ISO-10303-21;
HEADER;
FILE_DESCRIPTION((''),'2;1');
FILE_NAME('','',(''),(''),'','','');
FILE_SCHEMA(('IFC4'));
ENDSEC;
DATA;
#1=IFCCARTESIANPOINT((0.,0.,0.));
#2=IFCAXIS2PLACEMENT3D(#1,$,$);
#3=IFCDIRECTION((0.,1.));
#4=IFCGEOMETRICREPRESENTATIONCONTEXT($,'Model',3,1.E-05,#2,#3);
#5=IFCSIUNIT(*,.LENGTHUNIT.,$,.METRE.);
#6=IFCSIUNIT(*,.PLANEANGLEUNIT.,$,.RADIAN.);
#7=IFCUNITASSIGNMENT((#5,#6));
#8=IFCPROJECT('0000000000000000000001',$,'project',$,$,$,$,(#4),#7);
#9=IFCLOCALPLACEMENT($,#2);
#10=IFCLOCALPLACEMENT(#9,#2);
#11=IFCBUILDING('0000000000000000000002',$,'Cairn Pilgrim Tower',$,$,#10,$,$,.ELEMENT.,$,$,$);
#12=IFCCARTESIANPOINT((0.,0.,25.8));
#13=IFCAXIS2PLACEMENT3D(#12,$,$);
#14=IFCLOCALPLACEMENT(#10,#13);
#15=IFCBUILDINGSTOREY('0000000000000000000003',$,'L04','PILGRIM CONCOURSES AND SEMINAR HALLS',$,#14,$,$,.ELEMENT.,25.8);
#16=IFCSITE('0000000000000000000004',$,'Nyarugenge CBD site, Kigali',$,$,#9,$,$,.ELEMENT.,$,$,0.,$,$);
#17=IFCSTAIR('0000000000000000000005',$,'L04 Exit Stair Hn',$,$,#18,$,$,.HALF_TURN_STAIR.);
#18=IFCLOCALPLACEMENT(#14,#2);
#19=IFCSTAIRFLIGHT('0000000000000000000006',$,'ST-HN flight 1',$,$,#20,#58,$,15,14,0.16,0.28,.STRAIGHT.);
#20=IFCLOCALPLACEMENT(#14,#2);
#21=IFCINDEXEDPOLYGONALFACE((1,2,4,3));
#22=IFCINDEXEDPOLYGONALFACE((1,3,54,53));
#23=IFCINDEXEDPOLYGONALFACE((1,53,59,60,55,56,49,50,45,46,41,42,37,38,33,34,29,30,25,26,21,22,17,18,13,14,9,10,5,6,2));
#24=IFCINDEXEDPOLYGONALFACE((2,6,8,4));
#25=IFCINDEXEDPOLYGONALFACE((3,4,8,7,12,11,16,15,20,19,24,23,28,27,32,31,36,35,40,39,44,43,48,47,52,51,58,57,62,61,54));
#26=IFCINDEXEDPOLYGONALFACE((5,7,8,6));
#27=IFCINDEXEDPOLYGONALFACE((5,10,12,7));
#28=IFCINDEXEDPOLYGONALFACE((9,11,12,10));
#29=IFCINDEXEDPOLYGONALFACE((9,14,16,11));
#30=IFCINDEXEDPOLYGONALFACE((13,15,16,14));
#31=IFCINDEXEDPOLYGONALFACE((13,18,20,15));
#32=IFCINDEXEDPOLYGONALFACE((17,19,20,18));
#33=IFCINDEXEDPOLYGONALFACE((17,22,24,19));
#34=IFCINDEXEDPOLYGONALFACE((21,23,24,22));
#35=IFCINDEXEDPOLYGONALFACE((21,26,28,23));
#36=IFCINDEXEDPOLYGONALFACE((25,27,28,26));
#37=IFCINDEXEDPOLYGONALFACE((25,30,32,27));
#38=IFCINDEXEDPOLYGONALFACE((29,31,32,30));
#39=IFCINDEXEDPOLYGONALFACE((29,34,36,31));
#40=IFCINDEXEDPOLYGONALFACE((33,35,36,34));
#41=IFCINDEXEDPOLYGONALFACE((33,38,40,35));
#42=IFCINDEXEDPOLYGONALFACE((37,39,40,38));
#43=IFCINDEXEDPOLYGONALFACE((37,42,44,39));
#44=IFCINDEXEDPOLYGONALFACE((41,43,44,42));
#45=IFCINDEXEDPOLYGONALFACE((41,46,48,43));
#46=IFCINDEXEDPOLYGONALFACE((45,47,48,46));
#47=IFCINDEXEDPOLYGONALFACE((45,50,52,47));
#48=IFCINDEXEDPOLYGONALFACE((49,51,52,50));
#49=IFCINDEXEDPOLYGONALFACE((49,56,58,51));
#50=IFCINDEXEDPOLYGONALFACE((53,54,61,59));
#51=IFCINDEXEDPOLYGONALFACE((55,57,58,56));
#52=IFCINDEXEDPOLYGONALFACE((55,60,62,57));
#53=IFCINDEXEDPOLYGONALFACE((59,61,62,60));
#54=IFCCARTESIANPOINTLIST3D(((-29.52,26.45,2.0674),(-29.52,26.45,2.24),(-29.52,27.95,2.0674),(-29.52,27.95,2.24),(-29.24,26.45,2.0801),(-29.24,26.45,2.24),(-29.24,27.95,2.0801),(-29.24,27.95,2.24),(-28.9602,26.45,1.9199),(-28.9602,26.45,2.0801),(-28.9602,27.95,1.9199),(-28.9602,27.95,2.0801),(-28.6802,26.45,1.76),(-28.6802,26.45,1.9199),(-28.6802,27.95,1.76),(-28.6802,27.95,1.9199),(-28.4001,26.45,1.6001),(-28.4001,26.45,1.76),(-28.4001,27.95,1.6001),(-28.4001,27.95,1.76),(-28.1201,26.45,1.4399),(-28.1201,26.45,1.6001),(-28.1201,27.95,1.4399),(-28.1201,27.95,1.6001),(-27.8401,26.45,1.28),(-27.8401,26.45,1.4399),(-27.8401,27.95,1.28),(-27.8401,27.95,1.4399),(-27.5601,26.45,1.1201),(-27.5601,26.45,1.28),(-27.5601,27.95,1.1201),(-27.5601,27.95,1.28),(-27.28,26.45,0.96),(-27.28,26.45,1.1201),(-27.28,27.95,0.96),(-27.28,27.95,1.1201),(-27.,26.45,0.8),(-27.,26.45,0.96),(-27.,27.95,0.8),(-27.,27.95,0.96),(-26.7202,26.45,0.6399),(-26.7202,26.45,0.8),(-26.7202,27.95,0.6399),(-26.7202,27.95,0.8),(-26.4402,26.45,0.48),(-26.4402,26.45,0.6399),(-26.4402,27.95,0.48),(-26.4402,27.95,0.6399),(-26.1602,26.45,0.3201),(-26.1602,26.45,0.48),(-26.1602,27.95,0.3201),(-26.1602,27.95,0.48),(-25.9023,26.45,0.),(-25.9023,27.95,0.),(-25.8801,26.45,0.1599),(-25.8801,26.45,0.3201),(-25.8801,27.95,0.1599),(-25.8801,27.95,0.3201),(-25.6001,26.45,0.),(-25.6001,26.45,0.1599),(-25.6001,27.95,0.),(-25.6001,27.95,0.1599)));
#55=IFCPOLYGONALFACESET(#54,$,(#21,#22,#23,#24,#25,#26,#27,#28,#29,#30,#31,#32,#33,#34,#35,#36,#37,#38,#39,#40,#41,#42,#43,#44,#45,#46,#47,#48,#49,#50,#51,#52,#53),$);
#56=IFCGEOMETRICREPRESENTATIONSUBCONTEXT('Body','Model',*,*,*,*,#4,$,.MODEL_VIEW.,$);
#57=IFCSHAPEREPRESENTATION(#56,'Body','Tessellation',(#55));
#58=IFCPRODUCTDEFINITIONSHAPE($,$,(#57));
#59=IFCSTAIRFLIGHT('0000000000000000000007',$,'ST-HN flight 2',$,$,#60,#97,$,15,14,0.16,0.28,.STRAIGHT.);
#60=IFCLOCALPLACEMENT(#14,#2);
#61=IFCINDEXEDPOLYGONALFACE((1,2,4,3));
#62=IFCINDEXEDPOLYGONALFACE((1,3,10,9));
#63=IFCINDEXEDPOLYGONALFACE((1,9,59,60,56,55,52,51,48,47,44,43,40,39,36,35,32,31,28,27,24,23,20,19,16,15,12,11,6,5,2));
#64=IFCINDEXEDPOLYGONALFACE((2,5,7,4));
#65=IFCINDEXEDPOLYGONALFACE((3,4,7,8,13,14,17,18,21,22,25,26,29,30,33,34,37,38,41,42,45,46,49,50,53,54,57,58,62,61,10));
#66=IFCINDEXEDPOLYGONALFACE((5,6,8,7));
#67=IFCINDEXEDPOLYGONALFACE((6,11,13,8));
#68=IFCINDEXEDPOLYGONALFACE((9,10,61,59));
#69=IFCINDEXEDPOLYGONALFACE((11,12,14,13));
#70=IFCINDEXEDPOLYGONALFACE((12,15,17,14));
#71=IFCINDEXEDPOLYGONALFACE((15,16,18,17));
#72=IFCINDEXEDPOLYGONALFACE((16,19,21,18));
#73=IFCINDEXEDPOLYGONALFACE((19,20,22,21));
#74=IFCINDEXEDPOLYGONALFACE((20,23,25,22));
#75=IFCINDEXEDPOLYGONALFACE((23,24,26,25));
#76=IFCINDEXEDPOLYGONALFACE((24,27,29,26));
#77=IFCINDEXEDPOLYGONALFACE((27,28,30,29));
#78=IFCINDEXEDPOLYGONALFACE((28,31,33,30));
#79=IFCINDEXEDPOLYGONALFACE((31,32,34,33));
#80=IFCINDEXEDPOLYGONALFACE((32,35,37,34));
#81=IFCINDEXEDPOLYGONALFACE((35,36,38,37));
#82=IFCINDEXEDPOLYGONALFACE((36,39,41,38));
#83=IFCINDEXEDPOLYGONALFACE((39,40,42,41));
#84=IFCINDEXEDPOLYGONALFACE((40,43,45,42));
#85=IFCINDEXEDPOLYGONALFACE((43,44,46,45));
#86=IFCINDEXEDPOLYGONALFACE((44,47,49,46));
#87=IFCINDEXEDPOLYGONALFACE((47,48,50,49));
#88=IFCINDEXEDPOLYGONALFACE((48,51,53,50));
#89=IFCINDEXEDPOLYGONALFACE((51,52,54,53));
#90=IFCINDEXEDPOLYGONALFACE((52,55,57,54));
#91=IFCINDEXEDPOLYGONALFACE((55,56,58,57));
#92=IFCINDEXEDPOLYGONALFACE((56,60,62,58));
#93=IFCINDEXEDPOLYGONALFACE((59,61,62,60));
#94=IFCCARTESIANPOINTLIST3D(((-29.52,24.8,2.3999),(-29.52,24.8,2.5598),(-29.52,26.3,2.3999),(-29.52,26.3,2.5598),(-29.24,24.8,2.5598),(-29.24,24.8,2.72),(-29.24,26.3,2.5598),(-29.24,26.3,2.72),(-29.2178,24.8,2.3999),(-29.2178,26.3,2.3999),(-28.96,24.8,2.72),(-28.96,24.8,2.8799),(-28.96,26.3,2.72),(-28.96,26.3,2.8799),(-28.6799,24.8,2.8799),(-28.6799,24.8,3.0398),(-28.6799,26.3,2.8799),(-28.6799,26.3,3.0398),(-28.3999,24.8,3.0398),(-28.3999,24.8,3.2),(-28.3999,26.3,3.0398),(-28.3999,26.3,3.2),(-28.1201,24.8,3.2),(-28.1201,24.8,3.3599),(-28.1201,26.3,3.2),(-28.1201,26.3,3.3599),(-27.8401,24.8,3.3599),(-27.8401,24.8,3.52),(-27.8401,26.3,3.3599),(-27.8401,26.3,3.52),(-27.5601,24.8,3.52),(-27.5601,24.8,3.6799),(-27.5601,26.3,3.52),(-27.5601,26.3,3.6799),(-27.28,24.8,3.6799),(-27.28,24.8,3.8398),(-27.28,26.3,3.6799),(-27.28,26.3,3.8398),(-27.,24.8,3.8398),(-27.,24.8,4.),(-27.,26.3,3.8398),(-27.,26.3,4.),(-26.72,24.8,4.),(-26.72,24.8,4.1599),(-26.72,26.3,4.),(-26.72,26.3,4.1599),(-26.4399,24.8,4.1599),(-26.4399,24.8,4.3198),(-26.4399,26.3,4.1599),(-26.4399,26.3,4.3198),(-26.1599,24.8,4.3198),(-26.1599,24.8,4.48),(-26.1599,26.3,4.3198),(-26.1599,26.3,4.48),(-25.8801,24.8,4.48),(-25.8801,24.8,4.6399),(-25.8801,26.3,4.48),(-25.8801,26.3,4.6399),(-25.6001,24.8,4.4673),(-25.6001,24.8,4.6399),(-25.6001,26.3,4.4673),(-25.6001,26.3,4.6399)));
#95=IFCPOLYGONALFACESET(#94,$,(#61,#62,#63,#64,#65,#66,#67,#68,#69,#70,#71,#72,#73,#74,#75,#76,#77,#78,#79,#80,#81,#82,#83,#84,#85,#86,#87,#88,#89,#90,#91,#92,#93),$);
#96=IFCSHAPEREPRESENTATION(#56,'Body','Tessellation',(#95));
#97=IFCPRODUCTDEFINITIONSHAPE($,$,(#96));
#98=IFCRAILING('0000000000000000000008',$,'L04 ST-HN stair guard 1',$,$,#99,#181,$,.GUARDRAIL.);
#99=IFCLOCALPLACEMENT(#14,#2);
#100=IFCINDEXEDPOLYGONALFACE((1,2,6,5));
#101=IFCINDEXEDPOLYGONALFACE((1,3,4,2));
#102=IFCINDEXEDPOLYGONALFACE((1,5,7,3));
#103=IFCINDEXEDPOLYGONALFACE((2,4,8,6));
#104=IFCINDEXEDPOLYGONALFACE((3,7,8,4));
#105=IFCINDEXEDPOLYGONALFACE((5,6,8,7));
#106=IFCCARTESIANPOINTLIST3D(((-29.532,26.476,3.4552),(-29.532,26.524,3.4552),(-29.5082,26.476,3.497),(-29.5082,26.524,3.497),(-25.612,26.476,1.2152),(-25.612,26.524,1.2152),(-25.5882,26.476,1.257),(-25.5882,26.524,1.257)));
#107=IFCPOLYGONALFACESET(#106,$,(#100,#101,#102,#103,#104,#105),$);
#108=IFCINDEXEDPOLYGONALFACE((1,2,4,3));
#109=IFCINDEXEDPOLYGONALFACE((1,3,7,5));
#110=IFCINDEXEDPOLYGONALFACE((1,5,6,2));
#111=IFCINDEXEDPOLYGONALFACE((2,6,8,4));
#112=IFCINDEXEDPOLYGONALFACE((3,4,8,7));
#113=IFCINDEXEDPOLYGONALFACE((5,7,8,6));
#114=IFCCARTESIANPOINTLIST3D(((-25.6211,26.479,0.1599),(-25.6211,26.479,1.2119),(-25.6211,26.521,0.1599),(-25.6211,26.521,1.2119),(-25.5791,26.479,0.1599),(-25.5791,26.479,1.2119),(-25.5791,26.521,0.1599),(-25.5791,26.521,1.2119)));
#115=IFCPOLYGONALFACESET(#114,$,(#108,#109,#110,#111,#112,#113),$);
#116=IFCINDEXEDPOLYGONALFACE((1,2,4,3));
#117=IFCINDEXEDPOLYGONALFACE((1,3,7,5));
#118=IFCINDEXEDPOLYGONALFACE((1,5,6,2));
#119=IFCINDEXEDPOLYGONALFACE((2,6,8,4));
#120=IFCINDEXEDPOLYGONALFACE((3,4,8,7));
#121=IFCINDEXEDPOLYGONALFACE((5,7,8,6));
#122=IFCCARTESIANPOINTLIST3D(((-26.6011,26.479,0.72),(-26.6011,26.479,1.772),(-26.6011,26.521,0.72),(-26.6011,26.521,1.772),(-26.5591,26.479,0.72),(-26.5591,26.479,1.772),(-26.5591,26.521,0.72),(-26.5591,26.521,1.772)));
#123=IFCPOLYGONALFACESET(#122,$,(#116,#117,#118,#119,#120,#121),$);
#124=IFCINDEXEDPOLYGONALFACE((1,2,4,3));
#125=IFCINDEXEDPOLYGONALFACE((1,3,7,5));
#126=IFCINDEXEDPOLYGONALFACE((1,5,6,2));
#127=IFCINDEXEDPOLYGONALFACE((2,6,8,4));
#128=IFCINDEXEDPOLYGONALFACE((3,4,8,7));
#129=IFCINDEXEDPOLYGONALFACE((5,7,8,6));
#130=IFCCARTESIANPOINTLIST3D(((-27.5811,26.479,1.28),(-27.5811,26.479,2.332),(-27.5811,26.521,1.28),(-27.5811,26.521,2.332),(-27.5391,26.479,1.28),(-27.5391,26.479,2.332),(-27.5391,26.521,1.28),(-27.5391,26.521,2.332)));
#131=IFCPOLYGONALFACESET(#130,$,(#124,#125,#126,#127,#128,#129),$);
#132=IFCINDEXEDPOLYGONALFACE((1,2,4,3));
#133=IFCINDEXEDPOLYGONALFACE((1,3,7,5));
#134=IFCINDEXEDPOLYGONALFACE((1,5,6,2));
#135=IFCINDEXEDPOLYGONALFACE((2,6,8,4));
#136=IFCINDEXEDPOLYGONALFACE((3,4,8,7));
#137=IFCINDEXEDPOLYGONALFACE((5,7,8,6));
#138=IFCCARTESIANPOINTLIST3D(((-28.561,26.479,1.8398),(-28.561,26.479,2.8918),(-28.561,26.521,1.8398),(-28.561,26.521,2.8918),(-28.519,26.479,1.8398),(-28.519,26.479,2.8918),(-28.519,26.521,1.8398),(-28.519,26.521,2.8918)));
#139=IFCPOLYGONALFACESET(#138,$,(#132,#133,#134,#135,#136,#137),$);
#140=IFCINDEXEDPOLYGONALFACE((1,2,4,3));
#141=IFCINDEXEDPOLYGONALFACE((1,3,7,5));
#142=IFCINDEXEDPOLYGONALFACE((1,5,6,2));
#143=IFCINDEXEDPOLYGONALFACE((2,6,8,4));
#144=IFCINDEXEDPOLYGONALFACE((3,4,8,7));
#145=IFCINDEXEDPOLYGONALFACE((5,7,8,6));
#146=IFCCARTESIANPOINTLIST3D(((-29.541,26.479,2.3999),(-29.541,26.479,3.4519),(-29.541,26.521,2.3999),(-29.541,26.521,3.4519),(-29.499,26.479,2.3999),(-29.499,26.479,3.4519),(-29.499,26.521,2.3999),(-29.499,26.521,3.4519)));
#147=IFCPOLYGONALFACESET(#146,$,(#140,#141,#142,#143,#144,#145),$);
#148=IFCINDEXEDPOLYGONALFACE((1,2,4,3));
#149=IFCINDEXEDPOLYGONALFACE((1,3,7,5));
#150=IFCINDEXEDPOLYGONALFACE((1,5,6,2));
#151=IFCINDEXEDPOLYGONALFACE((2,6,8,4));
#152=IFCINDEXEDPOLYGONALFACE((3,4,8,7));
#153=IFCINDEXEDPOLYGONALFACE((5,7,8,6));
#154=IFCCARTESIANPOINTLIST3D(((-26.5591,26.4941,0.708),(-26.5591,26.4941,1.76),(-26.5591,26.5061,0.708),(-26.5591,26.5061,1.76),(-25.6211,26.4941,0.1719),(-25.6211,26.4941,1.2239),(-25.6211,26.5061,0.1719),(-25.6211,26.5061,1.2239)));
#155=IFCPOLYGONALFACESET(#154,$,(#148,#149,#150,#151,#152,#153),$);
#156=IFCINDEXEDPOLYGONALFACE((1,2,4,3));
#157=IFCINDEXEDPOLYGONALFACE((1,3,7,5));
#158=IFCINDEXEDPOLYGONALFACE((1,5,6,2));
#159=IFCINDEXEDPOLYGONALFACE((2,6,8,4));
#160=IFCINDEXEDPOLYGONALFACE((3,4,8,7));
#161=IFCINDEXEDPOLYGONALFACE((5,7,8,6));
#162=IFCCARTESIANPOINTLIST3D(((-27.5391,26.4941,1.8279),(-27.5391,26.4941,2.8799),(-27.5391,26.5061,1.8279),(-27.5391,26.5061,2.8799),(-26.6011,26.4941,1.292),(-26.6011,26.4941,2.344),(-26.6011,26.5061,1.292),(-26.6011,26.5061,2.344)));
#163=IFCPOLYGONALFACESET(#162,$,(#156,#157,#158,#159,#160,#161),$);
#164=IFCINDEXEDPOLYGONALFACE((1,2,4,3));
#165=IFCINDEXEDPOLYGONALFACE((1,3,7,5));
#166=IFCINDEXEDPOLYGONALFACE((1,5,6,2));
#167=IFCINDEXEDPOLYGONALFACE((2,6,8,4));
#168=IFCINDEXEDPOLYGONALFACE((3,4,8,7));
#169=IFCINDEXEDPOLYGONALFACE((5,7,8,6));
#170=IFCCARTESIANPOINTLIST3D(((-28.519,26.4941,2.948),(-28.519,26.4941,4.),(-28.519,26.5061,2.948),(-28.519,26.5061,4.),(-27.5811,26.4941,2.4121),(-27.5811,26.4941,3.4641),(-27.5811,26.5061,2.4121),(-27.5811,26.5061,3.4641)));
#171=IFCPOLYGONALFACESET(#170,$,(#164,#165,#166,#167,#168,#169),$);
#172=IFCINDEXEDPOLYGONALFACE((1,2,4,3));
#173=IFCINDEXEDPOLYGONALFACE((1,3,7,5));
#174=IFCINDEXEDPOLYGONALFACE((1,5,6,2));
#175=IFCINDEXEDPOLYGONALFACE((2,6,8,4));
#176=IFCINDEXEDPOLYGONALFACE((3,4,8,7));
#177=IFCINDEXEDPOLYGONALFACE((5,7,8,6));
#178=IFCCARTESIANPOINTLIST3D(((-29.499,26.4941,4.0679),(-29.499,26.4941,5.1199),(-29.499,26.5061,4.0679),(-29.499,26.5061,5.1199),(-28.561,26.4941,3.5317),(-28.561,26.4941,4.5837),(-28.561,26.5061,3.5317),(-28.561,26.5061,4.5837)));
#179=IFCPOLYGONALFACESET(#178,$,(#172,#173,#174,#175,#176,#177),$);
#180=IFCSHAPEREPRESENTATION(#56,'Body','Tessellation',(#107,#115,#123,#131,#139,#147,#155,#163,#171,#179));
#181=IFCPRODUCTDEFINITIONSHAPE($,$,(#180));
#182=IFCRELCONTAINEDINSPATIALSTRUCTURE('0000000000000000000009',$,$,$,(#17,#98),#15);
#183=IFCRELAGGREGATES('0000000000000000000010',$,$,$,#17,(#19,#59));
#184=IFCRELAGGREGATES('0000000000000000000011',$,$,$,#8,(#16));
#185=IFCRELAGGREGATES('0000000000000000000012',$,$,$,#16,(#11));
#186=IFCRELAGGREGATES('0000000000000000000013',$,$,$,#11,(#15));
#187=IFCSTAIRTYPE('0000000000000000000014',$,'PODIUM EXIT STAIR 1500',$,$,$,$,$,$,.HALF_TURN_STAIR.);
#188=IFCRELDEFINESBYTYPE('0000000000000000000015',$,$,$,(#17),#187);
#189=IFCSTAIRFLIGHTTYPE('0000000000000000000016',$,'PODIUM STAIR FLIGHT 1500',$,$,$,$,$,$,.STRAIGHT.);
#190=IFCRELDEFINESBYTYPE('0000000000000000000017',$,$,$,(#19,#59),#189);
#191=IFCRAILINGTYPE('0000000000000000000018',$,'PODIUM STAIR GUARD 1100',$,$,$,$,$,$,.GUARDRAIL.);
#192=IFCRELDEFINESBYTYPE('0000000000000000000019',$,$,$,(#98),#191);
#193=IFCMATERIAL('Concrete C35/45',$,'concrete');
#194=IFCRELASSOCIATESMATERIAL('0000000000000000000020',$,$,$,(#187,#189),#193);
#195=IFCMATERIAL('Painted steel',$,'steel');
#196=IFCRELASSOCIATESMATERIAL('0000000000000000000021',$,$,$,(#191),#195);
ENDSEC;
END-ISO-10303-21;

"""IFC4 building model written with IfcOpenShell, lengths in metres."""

from ifc_helpers import new_model, si_unit, direction, frame, origin, origin_2d, place, context, subcontext, project, spatial, polyline, rectangle, outline, extrude, material, type_object, element, aggregate, save


model = new_model("IFC4")

# Units and contexts
model_context = context("Model", 3, precision=1e-05, world=origin(), true_north=direction((0.0, 1.0)))
body_context = subcontext(model_context, "Body", "Model", "MODEL_VIEW")
ifc_project = project(units=[si_unit("LENGTHUNIT", "METRE"), si_unit("PLANEANGLEUNIT", "RADIAN")], contexts=[model_context])

# Site, building, storey
site_placement = place(None, origin())
site = spatial("IfcSite", under=ifc_project, at=site_placement, Name="Nyarugenge CBD site, Kigali", CompositionType="ELEMENT", RefElevation=0.0)
building_placement = place(site_placement, origin())
building = spatial("IfcBuilding", under=site, at=building_placement, Name="Cairn Pilgrim Tower", CompositionType="ELEMENT")
storey_placement = place(building_placement, frame((0.0, 0.0, 25.8)))
storey = spatial("IfcBuildingStorey", under=building, at=storey_placement, Name="L04", Description="PILGRIM CONCOURSES AND SEMINAR HALLS", CompositionType="ELEMENT", Elevation=25.8)

# Shared definitions
ifc_material_1 = material(Name="Concrete C35/45", Category="concrete")

# Stair, stair flights
stair_type = type_object("IfcStairType", Name="PODIUM EXIT STAIR 1500", PredefinedType="HALF_TURN_STAIR", material=ifc_material_1)
stair_placement = place(storey_placement, origin())
stair = element("IfcStair", 1, at=stair_placement, inside=storey, type_object=stair_type, Name="L04 Exit Stair Hn", PredefinedType="HALF_TURN_STAIR")
stair_flight_type = type_object("IfcStairFlightType", Name="PODIUM STAIR FLIGHT 1500", PredefinedType="STRAIGHT", material=ifc_material_1)
stair_flight_1_placement = place(storey_placement, frame((-25.6001, 27.2, 0.0), z_axis=(0.0, 0.0, 1.0), x_axis=(-1.0, 0.0, 0.0)))
stair_flight_1 = element("IfcStairFlight", 2, at=stair_flight_1_placement, type_object=stair_flight_type, Name="ST-HN flight 1", NumberOfRisers=15, NumberOfTreads=14, PredefinedType="STRAIGHT", RiserHeight=0.16, TreadLength=0.28, context=body_context, shape_type="SweptSolid", body=[
    extrude(outline(polyline([(0.0, 0.0), (0.0, 0.1599), (0.28, 0.1599), (0.28, 0.3201), (0.5601, 0.3201), (0.5601, 0.48), (0.8401, 0.48), (0.8401, 0.6399), (1.1201, 0.6399), (1.1201, 0.8), (1.3999, 0.8), (1.3999, 0.96), (1.6799, 0.96), (1.6799, 1.1201), (1.96, 1.1201), (1.96, 1.28), (2.24, 1.28), (2.24, 1.4399), (2.52, 1.4399), (2.52, 1.6001), (2.8, 1.6001), (2.8, 1.76), (3.0801, 1.76), (3.0801, 1.9199), (3.3601, 1.9199), (3.3601, 2.0801), (3.6399, 2.0801), (3.6399, 2.24), (3.9199, 2.24), (3.9199, 2.3999), (3.9199, 2.0674), (0.3022, 0.0), (0.0, 0.0)])), frame((0.0, 0.75, 0.0), z_axis=(0.0, -1.0, 0.0), x_axis=(1.0, 0.0, 0.0)), (0.0, 0.0, 1.0), 1.5),
])
stair_flight_2_placement = place(storey_placement, frame((-29.52, 25.55, 2.3999), z_axis=(0.0, 0.0, 1.0), x_axis=(1.0, 0.0, 0.0)))
stair_flight_2 = element("IfcStairFlight", 3, at=stair_flight_2_placement, type_object=stair_flight_type, Name="ST-HN flight 2", NumberOfRisers=15, NumberOfTreads=14, PredefinedType="STRAIGHT", RiserHeight=0.16, TreadLength=0.28, context=body_context, shape_type="SweptSolid", body=[
    extrude(outline(polyline([(0.0, 0.0), (0.0, 0.1599), (0.28, 0.1599), (0.28, 0.3201), (0.5601, 0.3201), (0.5601, 0.48), (0.8401, 0.48), (0.8401, 0.6399), (1.1201, 0.6399), (1.1201, 0.8), (1.3999, 0.8), (1.3999, 0.96), (1.6799, 0.96), (1.6799, 1.1201), (1.96, 1.1201), (1.96, 1.28), (2.24, 1.28), (2.24, 1.4399), (2.52, 1.4399), (2.52, 1.6001), (2.8, 1.6001), (2.8, 1.76), (3.0801, 1.76), (3.0801, 1.9199), (3.3601, 1.9199), (3.3601, 2.0801), (3.6399, 2.0801), (3.6399, 2.24), (3.9199, 2.24), (3.9199, 2.3999), (3.9199, 2.0674), (0.3022, 0.0), (0.0, 0.0)])), frame((0.0, 0.75, 0.0), z_axis=(0.0, -1.0, 0.0), x_axis=(1.0, 0.0, 0.0)), (0.0, 0.0, 1.0), 1.5),
])
aggregate(stair, [stair_flight_1, stair_flight_2])

# Railing
ifc_material_2 = material(Name="Painted steel", Category="steel")
railing_type_1 = type_object("IfcRailingType", Name="PODIUM STAIR GUARD 1100", PredefinedType="GUARDRAIL", material=ifc_material_2)
railing_1_placement = place(storey_placement, frame((-25.6001, 26.5, 0.1599)))
element("IfcRailing", 4, at=railing_1_placement, inside=storey, type_object=railing_type_1, Name="L04 ST-HN stair guard 1", PredefinedType="GUARDRAIL", context=body_context, shape_type="SweptSolid", body=[
    extrude(rectangle(XDim=0.0481, YDim=0.0481, at=origin_2d()), frame((0.0, 0.0, 1.0762), z_axis=(-0.86824, 0.0, 0.496145), x_axis=(0.0, -1.0, 0.0)), (0.0, 0.0, 1.0), 4.5149),
    extrude(rectangle(XDim=0.042, YDim=0.042, at=origin_2d()), origin(), (0.0, 0.0, 1.0), 1.052),
    extrude(rectangle(XDim=0.042, YDim=0.042, at=origin_2d()), frame((-0.98, 0.0, 0.5601)), (0.0, 0.0, 1.0), 1.052),
    extrude(rectangle(XDim=0.042, YDim=0.042, at=origin_2d()), frame((-1.96, 0.0, 1.1201)), (0.0, 0.0, 1.0), 1.052),
    extrude(rectangle(XDim=0.042, YDim=0.042, at=origin_2d()), frame((-2.9399, 0.0, 1.6799)), (0.0, 0.0, 1.0), 1.052),
    extrude(rectangle(XDim=0.042, YDim=0.042, at=origin_2d()), frame((-3.9199, 0.0, 2.24)), (0.0, 0.0, 1.0), 1.052),
    extrude(outline(polyline([(0.021, 0.012), (0.959, 0.5481), (0.959, 1.6001), (0.021, 1.064), (0.021, 0.012)])), frame((0.0, -0.0059, 0.0), z_axis=(0.0, 1.0, 0.0), x_axis=(-1.0, 0.0, 0.0)), (0.0, 0.0, 1.0), 0.012),
    extrude(outline(polyline([(0.021, 0.572), (0.959, 1.1079), (0.959, 2.1599), (0.021, 1.624), (0.021, 0.572)])), frame((-0.98, -0.0059, 0.5601), z_axis=(0.0, 1.0, 0.0), x_axis=(-1.0, 0.0, 0.0)), (0.0, 0.0, 1.0), 0.012),
    extrude(outline(polyline([(0.021, 1.1321), (0.959, 1.668), (0.959, 2.72), (0.021, 2.1841), (0.021, 1.1321)])), frame((-1.96, -0.0059, 1.1201), z_axis=(0.0, 1.0, 0.0), x_axis=(-1.0, 0.0, 0.0)), (0.0, 0.0, 1.0), 0.012),
    extrude(outline(polyline([(0.021, 1.6919), (0.959, 2.228), (0.959, 3.28), (0.021, 2.7439), (0.021, 1.6919)])), frame((-2.9399, -0.0059, 1.6799), z_axis=(0.0, 1.0, 0.0), x_axis=(-1.0, 0.0, 0.0)), (0.0, 0.0, 1.0), 0.012),
])

save(model, "model.ifc")
